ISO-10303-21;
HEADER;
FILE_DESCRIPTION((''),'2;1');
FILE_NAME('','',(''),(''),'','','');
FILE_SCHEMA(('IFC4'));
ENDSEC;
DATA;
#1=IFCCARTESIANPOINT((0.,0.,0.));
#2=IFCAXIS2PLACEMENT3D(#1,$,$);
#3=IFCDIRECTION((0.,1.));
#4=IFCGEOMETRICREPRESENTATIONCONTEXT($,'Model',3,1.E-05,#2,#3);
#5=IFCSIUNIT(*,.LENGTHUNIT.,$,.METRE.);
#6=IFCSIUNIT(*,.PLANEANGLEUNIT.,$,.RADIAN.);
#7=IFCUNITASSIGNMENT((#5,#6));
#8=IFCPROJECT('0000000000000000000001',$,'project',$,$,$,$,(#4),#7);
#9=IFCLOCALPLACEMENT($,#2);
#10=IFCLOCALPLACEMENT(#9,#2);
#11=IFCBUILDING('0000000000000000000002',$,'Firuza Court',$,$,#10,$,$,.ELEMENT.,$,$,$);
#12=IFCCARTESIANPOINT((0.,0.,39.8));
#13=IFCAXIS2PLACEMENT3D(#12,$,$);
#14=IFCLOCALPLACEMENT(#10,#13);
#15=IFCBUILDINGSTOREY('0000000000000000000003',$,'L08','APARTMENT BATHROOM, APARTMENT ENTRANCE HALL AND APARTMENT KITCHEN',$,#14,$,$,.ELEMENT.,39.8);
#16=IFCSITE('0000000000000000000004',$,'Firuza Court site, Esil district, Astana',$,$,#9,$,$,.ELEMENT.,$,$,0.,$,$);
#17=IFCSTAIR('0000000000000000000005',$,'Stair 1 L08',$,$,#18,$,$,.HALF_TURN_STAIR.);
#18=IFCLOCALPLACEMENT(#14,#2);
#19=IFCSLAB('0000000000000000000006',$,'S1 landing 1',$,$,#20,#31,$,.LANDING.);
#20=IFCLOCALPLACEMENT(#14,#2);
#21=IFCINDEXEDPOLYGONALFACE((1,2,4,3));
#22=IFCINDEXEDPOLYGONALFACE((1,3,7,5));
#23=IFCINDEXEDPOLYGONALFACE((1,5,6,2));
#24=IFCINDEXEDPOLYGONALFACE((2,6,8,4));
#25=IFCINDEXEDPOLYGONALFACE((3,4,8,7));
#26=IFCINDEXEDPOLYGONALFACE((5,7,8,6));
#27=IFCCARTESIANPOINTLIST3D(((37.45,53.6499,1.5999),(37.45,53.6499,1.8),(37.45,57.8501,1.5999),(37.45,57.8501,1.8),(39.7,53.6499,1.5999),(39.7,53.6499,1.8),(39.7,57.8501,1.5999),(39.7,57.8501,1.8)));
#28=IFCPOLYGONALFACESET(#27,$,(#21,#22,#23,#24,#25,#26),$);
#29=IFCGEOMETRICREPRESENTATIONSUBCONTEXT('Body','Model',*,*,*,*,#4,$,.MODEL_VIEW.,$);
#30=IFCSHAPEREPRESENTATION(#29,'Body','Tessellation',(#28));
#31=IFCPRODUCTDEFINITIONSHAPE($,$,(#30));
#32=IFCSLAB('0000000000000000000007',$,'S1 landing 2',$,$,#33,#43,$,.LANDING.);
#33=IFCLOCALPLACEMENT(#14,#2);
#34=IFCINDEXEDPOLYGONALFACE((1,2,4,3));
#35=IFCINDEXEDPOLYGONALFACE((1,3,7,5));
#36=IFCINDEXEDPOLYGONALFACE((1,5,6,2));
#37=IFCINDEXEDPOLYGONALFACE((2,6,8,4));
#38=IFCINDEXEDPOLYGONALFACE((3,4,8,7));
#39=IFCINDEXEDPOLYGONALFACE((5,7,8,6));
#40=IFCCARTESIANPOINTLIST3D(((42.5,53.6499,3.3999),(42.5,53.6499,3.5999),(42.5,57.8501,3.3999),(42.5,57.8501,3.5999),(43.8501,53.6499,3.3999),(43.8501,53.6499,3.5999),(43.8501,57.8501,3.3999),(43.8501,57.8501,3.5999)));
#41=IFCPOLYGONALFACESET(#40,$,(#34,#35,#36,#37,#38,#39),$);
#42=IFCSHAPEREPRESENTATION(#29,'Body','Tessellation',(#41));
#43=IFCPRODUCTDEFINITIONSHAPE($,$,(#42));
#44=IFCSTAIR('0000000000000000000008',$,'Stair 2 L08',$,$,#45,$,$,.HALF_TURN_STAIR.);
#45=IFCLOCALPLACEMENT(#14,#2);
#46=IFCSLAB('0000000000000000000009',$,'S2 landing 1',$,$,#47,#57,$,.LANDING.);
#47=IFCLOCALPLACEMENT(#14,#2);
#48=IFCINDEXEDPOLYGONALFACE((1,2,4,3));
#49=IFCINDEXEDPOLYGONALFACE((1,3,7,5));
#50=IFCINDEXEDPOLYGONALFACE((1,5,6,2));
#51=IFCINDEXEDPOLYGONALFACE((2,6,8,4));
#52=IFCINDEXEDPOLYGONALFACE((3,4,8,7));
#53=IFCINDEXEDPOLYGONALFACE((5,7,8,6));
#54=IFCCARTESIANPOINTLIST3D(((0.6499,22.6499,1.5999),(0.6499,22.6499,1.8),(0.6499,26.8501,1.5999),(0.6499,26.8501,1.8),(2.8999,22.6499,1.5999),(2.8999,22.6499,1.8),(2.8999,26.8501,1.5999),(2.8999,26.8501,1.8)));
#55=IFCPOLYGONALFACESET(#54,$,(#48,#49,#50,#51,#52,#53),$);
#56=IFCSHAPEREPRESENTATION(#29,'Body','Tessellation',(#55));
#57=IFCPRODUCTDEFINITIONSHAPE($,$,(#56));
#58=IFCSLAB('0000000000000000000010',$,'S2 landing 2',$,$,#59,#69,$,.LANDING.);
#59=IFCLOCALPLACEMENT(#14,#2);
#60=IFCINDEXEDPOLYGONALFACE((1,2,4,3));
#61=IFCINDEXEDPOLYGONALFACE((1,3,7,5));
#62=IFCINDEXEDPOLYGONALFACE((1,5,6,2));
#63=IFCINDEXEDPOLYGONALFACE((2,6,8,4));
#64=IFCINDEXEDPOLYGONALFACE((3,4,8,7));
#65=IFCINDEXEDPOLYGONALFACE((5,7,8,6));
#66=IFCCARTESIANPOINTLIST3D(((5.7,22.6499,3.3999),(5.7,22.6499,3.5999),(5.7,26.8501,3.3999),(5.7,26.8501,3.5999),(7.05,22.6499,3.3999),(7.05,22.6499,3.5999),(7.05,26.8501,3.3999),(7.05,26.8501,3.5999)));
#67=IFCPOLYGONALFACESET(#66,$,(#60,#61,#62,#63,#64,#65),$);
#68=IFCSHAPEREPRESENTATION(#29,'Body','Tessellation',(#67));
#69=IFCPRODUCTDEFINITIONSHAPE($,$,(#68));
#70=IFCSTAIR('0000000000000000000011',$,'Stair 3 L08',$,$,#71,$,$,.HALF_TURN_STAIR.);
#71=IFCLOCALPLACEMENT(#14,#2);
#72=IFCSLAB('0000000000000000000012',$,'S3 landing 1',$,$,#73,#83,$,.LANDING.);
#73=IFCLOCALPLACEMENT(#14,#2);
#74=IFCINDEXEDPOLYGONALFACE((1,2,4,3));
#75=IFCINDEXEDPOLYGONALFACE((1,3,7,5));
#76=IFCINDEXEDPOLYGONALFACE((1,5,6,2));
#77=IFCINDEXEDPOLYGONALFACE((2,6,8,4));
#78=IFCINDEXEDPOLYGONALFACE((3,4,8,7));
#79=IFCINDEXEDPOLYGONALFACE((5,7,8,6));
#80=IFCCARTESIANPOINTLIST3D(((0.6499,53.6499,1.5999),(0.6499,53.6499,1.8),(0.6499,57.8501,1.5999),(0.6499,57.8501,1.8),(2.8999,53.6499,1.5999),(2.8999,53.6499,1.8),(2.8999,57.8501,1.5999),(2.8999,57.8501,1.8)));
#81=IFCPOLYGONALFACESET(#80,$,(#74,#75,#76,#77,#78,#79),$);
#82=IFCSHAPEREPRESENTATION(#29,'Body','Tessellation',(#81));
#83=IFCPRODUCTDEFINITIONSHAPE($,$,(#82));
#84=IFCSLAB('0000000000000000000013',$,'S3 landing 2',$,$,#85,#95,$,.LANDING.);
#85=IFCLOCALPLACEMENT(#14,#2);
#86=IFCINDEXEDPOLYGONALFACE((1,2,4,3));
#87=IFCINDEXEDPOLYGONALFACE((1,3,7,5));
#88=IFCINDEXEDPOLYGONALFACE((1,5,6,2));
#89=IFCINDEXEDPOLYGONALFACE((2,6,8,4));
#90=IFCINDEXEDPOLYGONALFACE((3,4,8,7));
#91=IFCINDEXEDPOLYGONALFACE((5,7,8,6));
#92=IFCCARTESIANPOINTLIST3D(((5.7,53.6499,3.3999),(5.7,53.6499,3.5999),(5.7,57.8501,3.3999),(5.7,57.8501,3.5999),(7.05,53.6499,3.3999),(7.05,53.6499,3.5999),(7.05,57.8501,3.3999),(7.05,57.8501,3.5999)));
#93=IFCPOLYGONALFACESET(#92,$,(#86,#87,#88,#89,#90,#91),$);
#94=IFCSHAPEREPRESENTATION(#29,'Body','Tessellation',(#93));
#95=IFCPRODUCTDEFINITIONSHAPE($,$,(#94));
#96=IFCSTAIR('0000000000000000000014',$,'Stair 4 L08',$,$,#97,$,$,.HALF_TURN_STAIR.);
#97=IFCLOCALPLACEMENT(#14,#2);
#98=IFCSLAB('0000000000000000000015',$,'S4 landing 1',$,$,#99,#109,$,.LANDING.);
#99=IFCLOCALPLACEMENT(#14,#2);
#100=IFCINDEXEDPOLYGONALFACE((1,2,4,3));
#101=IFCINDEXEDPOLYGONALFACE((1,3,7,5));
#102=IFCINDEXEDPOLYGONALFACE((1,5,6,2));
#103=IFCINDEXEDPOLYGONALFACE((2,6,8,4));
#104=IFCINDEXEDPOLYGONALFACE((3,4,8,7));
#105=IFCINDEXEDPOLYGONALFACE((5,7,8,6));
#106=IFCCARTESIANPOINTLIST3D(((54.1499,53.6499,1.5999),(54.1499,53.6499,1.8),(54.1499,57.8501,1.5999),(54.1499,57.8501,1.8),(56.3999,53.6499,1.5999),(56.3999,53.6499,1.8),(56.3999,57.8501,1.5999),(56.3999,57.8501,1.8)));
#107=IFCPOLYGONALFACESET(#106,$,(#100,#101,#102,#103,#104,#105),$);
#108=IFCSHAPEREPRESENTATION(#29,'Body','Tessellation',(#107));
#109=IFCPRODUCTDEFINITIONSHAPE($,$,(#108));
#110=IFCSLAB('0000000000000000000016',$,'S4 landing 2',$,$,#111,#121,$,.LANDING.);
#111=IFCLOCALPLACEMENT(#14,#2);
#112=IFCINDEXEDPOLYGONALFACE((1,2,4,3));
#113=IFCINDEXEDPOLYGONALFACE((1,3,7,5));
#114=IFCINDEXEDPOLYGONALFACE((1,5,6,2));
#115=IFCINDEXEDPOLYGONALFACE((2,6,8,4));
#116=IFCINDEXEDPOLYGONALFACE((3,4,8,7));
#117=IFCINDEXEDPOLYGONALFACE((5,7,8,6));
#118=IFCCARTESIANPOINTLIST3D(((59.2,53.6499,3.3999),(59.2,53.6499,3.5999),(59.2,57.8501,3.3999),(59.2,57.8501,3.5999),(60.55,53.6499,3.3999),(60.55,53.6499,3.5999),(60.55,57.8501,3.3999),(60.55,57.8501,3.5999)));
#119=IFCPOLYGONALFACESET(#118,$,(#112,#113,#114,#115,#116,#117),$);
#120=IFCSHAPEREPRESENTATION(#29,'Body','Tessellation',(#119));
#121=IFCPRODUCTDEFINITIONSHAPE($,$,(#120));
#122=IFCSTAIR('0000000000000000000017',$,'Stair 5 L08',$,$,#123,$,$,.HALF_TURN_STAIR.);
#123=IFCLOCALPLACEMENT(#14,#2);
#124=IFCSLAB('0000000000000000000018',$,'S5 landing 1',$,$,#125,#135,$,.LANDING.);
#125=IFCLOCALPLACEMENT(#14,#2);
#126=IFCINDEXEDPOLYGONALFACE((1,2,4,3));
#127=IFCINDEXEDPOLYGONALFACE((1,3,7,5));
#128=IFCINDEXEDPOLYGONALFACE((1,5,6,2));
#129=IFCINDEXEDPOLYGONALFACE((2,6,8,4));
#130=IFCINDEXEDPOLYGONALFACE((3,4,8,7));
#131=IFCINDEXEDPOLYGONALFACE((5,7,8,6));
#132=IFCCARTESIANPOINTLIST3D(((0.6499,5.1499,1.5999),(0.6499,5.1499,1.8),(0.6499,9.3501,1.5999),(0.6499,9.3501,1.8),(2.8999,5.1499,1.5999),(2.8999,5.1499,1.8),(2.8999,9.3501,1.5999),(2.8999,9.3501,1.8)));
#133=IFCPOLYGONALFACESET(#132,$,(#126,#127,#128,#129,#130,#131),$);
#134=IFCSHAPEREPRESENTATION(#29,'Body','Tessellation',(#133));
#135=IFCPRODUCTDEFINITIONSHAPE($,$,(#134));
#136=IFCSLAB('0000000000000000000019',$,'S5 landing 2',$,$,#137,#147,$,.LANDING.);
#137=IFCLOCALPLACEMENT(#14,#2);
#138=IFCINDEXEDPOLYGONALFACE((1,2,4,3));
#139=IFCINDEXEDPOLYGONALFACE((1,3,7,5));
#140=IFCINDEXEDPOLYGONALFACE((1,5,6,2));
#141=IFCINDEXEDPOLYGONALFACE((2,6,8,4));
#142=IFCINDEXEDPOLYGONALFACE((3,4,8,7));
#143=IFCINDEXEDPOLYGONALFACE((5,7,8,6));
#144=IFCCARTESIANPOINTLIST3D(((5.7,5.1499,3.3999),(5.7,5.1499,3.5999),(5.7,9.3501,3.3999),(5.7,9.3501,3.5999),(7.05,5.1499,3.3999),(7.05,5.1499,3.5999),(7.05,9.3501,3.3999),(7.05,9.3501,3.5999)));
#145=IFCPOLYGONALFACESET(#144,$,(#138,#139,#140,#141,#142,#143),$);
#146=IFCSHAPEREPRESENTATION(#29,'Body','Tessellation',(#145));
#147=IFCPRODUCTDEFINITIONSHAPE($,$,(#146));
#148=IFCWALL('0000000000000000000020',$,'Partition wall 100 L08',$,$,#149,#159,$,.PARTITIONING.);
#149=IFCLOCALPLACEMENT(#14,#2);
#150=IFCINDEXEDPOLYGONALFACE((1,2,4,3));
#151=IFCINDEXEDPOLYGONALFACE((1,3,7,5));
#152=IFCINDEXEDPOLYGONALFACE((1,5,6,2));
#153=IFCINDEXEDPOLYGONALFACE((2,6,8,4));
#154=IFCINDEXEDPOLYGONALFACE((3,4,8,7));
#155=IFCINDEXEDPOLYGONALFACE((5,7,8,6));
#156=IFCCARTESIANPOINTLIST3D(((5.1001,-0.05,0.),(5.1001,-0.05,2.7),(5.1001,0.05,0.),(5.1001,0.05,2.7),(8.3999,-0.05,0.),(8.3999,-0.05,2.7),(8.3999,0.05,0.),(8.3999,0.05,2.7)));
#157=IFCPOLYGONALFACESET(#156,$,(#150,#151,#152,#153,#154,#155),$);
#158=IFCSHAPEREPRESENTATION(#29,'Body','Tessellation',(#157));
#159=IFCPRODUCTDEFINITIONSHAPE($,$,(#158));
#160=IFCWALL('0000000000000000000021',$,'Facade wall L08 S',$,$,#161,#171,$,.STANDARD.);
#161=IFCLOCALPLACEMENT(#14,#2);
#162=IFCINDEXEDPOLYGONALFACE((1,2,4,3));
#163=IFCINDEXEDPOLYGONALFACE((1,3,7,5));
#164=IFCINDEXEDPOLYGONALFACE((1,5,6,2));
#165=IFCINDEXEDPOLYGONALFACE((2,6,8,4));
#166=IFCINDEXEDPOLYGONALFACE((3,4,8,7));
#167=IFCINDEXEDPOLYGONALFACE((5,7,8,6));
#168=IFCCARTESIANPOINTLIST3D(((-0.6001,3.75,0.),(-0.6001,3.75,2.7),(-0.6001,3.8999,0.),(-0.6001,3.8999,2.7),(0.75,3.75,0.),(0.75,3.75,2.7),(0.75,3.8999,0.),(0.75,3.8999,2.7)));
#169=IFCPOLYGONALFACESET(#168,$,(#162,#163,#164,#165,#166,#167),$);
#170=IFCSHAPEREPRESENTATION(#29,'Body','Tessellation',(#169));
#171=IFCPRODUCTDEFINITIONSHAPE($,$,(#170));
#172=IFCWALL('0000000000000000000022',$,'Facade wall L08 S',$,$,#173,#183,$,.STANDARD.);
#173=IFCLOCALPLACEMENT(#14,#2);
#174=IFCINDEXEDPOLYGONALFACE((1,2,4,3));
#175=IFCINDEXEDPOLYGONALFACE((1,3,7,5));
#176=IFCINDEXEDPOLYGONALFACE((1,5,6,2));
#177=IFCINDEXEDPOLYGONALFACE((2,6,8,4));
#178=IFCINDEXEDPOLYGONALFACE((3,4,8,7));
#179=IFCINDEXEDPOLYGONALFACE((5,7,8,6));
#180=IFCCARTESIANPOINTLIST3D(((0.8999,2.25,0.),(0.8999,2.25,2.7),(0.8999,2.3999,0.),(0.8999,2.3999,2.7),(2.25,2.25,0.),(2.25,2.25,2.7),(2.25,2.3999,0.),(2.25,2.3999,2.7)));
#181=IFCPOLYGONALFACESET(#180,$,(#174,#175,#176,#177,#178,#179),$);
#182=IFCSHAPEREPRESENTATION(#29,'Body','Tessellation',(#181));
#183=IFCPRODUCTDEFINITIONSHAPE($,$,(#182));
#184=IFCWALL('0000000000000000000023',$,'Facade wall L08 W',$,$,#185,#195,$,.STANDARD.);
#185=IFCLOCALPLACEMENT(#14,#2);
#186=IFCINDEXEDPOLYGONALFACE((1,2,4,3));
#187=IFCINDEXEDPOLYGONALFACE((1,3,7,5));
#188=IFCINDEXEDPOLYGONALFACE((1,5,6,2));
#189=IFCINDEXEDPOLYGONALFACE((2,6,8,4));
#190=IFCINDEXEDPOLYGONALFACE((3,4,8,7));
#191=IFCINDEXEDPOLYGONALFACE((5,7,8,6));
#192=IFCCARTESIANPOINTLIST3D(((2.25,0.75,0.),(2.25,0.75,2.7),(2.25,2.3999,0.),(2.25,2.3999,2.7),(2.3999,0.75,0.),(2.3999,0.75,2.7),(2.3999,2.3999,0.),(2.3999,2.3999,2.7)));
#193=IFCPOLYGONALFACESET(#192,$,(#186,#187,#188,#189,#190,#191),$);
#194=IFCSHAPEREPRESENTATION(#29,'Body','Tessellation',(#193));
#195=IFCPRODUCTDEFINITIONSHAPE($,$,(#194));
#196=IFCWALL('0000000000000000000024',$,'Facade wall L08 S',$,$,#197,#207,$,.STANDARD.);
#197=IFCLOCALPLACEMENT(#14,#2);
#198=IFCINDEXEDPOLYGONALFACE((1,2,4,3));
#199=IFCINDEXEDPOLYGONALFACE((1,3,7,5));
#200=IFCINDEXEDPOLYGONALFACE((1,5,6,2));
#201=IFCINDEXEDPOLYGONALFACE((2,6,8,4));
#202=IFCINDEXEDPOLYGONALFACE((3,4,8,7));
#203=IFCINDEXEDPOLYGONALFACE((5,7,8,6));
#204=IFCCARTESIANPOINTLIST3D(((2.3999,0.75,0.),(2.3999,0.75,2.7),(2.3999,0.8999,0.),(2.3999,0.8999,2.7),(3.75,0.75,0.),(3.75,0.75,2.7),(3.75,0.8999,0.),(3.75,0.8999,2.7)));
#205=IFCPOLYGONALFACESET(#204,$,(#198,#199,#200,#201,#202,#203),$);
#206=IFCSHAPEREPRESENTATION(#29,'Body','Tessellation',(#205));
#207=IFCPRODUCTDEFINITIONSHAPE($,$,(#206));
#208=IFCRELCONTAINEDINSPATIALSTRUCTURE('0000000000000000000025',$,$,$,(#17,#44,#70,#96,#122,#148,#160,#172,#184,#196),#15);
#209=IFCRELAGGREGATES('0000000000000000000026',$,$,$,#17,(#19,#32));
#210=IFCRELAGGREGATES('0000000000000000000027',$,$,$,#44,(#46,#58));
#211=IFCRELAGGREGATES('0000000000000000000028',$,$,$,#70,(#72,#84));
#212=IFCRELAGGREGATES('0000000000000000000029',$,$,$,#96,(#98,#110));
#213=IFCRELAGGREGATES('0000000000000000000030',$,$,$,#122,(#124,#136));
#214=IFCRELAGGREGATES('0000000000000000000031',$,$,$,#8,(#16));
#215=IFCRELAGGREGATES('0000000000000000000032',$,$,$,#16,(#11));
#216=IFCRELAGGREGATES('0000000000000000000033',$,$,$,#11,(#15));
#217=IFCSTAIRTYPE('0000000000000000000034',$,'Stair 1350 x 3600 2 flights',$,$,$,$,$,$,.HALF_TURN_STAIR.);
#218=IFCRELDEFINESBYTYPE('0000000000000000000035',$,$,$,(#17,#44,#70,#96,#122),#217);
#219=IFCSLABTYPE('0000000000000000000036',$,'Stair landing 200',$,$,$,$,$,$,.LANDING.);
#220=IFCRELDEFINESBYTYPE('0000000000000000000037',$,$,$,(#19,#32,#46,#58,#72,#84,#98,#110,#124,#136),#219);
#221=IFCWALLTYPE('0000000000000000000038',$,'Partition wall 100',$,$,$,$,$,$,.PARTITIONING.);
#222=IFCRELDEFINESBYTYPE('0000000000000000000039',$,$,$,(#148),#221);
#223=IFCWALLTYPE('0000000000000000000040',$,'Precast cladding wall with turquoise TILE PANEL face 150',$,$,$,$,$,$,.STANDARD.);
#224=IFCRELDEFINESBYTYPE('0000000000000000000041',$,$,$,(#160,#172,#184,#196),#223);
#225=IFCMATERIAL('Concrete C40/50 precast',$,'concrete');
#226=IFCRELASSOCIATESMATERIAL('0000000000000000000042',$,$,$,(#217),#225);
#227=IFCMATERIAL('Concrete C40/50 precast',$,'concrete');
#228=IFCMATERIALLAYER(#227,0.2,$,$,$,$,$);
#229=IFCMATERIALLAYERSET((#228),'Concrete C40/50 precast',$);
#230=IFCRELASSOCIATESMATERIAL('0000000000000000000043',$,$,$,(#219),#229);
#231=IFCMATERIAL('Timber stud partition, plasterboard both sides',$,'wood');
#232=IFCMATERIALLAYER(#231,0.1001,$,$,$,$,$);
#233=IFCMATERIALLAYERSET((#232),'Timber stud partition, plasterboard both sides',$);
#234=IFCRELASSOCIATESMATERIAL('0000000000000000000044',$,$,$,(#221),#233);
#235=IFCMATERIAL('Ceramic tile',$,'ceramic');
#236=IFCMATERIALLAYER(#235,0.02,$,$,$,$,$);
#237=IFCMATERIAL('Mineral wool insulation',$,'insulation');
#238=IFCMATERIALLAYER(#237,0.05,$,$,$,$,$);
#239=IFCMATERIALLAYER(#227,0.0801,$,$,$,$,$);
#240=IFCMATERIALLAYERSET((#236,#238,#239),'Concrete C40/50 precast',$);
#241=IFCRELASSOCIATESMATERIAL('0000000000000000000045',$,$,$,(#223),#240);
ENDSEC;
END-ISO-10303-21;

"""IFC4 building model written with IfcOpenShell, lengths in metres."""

from ifc_helpers import new_model, si_unit, direction, frame, frame_2d, origin, place, context, subcontext, project, spatial, polyline, rectangle, outline, extrude, material, layer, layer_set, type_object, element, aggregate, save


model = new_model("IFC4")

# Units and contexts
model_context = context("Model", 3, precision=1e-05, world=origin(), true_north=direction((0.0, 1.0)))
body_context = subcontext(model_context, "Body", "Model", "MODEL_VIEW")
ifc_project = project(units=[si_unit("LENGTHUNIT", "METRE"), si_unit("PLANEANGLEUNIT", "RADIAN")], contexts=[model_context])

# Site, building, storey
site_placement = place(None, origin())
site = spatial("IfcSite", under=ifc_project, at=site_placement, Name="Firuza Court site, Esil district, Astana", CompositionType="ELEMENT", RefElevation=0.0)
building_placement = place(site_placement, origin())
building = spatial("IfcBuilding", under=site, at=building_placement, Name="Firuza Court", CompositionType="ELEMENT")
storey_placement = place(building_placement, frame((0.0, 0.0, 39.8)))
storey = spatial("IfcBuildingStorey", under=building, at=storey_placement, Name="L08", Description="APARTMENT BATHROOM, APARTMENT ENTRANCE HALL AND APARTMENT KITCHEN", CompositionType="ELEMENT", Elevation=39.8)

# Stairs, slabs
ifc_material_1 = material(Name="Concrete C40/50 precast", Category="concrete")
stair_type = type_object("IfcStairType", Name="Stair 1350 x 3600 2 flights", PredefinedType="HALF_TURN_STAIR", material=ifc_material_1)
stair_1_placement = place(storey_placement, origin())
stair_1 = element("IfcStair", 1, at=stair_1_placement, inside=storey, type_object=stair_type, Name="Stair 1 L08", PredefinedType="HALF_TURN_STAIR")
ifc_material_2 = material(Name="Concrete C40/50 precast", Category="concrete")
ifc_layer_1 = layer(ifc_material_2, 0.2)
ifc_layer_set_1 = layer_set([ifc_layer_1], Name="Concrete C40/50 precast")
slab_type_1 = type_object("IfcSlabType", Name="Stair landing 200", PredefinedType="LANDING", material=ifc_layer_set_1)
slab_1_placement = place(storey_placement, frame((0.0, 0.0, 1.5999)))
slab_1 = element("IfcSlab", 2, at=slab_1_placement, type_object=slab_type_1, Name="S1 landing 1", PredefinedType="LANDING", context=body_context, shape_type="SweptSolid", body=[
    extrude(outline(polyline([(39.7, 53.6499), (39.7, 57.8501), (37.45, 57.8501), (37.45, 53.6499), (39.7, 53.6499)])), origin(), (0.0, 0.0, 1.0), 0.2002),
])
slab_2_placement = place(storey_placement, frame((0.0, 0.0, 3.3999)))
slab_2 = element("IfcSlab", 3, at=slab_2_placement, type_object=slab_type_1, Name="S1 landing 2", PredefinedType="LANDING", context=body_context, shape_type="SweptSolid", body=[
    extrude(outline(polyline([(43.8501, 53.6499), (43.8501, 57.8501), (42.5, 57.8501), (42.5, 53.6499), (43.8501, 53.6499)])), origin(), (0.0, 0.0, 1.0), 0.2),
])
aggregate(stair_1, [slab_1, slab_2])
stair_2_placement = place(storey_placement, origin())
stair_2 = element("IfcStair", 4, at=stair_2_placement, inside=storey, type_object=stair_type, Name="Stair 2 L08", PredefinedType="HALF_TURN_STAIR")
slab_3_placement = place(storey_placement, frame((0.0, 0.0, 1.5999)))
slab_3 = element("IfcSlab", 5, at=slab_3_placement, type_object=slab_type_1, Name="S2 landing 1", PredefinedType="LANDING", context=body_context, shape_type="SweptSolid", body=[
    extrude(outline(polyline([(2.8999, 22.6499), (2.8999, 26.8501), (0.6499, 26.8501), (0.6499, 22.6499), (2.8999, 22.6499)])), origin(), (0.0, 0.0, 1.0), 0.2002),
])
slab_4_placement = place(storey_placement, frame((0.0, 0.0, 3.3999)))
slab_4 = element("IfcSlab", 6, at=slab_4_placement, type_object=slab_type_1, Name="S2 landing 2", PredefinedType="LANDING", context=body_context, shape_type="SweptSolid", body=[
    extrude(outline(polyline([(7.05, 22.6499), (7.05, 26.8501), (5.7, 26.8501), (5.7, 22.6499), (7.05, 22.6499)])), origin(), (0.0, 0.0, 1.0), 0.2),
])
aggregate(stair_2, [slab_3, slab_4])
stair_3_placement = place(storey_placement, origin())
stair_3 = element("IfcStair", 7, at=stair_3_placement, inside=storey, type_object=stair_type, Name="Stair 3 L08", PredefinedType="HALF_TURN_STAIR")
slab_5_placement = place(storey_placement, frame((0.0, 0.0, 1.5999)))
slab_5 = element("IfcSlab", 8, at=slab_5_placement, type_object=slab_type_1, Name="S3 landing 1", PredefinedType="LANDING", context=body_context, shape_type="SweptSolid", body=[
    extrude(outline(polyline([(2.8999, 53.6499), (2.8999, 57.8501), (0.6499, 57.8501), (0.6499, 53.6499), (2.8999, 53.6499)])), origin(), (0.0, 0.0, 1.0), 0.2002),
])
slab_6_placement = place(storey_placement, frame((0.0, 0.0, 3.3999)))
slab_6 = element("IfcSlab", 9, at=slab_6_placement, type_object=slab_type_1, Name="S3 landing 2", PredefinedType="LANDING", context=body_context, shape_type="SweptSolid", body=[
    extrude(outline(polyline([(7.05, 53.6499), (7.05, 57.8501), (5.7, 57.8501), (5.7, 53.6499), (7.05, 53.6499)])), origin(), (0.0, 0.0, 1.0), 0.2),
])
aggregate(stair_3, [slab_5, slab_6])
stair_4_placement = place(storey_placement, origin())
stair_4 = element("IfcStair", 10, at=stair_4_placement, inside=storey, type_object=stair_type, Name="Stair 4 L08", PredefinedType="HALF_TURN_STAIR")
slab_7_placement = place(storey_placement, frame((0.0, 0.0, 1.5999)))
slab_7 = element("IfcSlab", 11, at=slab_7_placement, type_object=slab_type_1, Name="S4 landing 1", PredefinedType="LANDING", context=body_context, shape_type="SweptSolid", body=[
    extrude(outline(polyline([(56.3999, 53.6499), (56.3999, 57.8501), (54.1499, 57.8501), (54.1499, 53.6499), (56.3999, 53.6499)])), origin(), (0.0, 0.0, 1.0), 0.2002),
])
slab_8_placement = place(storey_placement, frame((0.0, 0.0, 3.3999)))
slab_8 = element("IfcSlab", 12, at=slab_8_placement, type_object=slab_type_1, Name="S4 landing 2", PredefinedType="LANDING", context=body_context, shape_type="SweptSolid", body=[
    extrude(outline(polyline([(60.55, 53.6499), (60.55, 57.8501), (59.2, 57.8501), (59.2, 53.6499), (60.55, 53.6499)])), origin(), (0.0, 0.0, 1.0), 0.2),
])
aggregate(stair_4, [slab_7, slab_8])
stair_5_placement = place(storey_placement, origin())
stair_5 = element("IfcStair", 13, at=stair_5_placement, inside=storey, type_object=stair_type, Name="Stair 5 L08", PredefinedType="HALF_TURN_STAIR")
slab_9_placement = place(storey_placement, frame((0.0, 0.0, 1.5999)))
slab_9 = element("IfcSlab", 14, at=slab_9_placement, type_object=slab_type_1, Name="S5 landing 1", PredefinedType="LANDING", context=body_context, shape_type="SweptSolid", body=[
    extrude(outline(polyline([(2.8999, 5.1499), (2.8999, 9.3501), (0.6499, 9.3501), (0.6499, 5.1499), (2.8999, 5.1499)])), origin(), (0.0, 0.0, 1.0), 0.2002),
])
slab_10_placement = place(storey_placement, frame((0.0, 0.0, 3.3999)))
slab_10 = element("IfcSlab", 15, at=slab_10_placement, type_object=slab_type_1, Name="S5 landing 2", PredefinedType="LANDING", context=body_context, shape_type="SweptSolid", body=[
    extrude(outline(polyline([(7.05, 5.1499), (7.05, 9.3501), (5.7, 9.3501), (5.7, 5.1499), (7.05, 5.1499)])), origin(), (0.0, 0.0, 1.0), 0.2),
])
aggregate(stair_5, [slab_9, slab_10])

# Walls
ifc_material_3 = material(Name="Timber stud partition, plasterboard both sides", Category="wood")
ifc_layer_2 = layer(ifc_material_3, 0.1001)
ifc_layer_set_2 = layer_set([ifc_layer_2], Name="Timber stud partition, plasterboard both sides")
wall_type_1 = type_object("IfcWallType", Name="Partition wall 100", PredefinedType="PARTITIONING", material=ifc_layer_set_2)
wall_1_placement = place(storey_placement, frame((5.1001, 0.0, 0.0), z_axis=(0.0, 0.0, 1.0), x_axis=(1.0, 0.0, 0.0)))
element("IfcWall", 16, at=wall_1_placement, inside=storey, type_object=wall_type_1, Name="Partition wall 100 L08", PredefinedType="PARTITIONING", context=body_context, shape_type="SweptSolid", body=[
    extrude(rectangle(XDim=3.2998, YDim=0.1001, at=frame_2d((1.6499, 0.0))), origin(), (0.0, 0.0, 1.0), 2.7),
])
ifc_material_4 = material(Name="Ceramic tile", Category="ceramic")
ifc_layer_3 = layer(ifc_material_4, 0.02)
ifc_material_5 = material(Name="Mineral wool insulation", Category="insulation")
ifc_layer_4 = layer(ifc_material_5, 0.05)
ifc_layer_5 = layer(ifc_material_2, 0.0801)
ifc_layer_set_3 = layer_set([ifc_layer_3, ifc_layer_4, ifc_layer_5], Name="Concrete C40/50 precast")
wall_type_2 = type_object("IfcWallType", Name="Precast cladding wall with turquoise TILE PANEL face 150", PredefinedType="STANDARD", material=ifc_layer_set_3)
for number, where, z_axis, x_axis, name in (
    (17, (-0.6001, 3.825, 0.0), (0.0, 0.0, 1.0), (1.0, 0.0, 0.0), "Facade wall L08 S"),
    (18, (0.8999, 2.325, 0.0), (0.0, 0.0, 1.0), (1.0, 0.0, 0.0), "Facade wall L08 S"),
):
    element("IfcWall", number, at=place(storey_placement, frame(where, z_axis=z_axis, x_axis=x_axis)), inside=storey, type_object=wall_type_2, Name=name, PredefinedType="STANDARD", context=body_context, shape_type="SweptSolid", body=[
        extrude(rectangle(XDim=1.3501, YDim=0.1499, at=frame_2d((0.675, 0.0))), origin(), (0.0, 0.0, 1.0), 2.7),
    ])
wall_2_placement = place(storey_placement, frame((2.325, 2.3999, 0.0), z_axis=(0.0, 0.0, 1.0), x_axis=(0.0, -1.0, 0.0)))
element("IfcWall", 19, at=wall_2_placement, inside=storey, type_object=wall_type_2, Name="Facade wall L08 W", PredefinedType="STANDARD", context=body_context, shape_type="SweptSolid", body=[
    extrude(rectangle(XDim=1.6499, YDim=0.1499, at=frame_2d((0.825, 0.0))), origin(), (0.0, 0.0, 1.0), 2.7),
])
wall_3_placement = place(storey_placement, frame((2.3999, 0.825, 0.0), z_axis=(0.0, 0.0, 1.0), x_axis=(1.0, 0.0, 0.0)))
element("IfcWall", 20, at=wall_3_placement, inside=storey, type_object=wall_type_2, Name="Facade wall L08 S", PredefinedType="STANDARD", context=body_context, shape_type="SweptSolid", body=[
    extrude(rectangle(XDim=1.3501, YDim=0.1499, at=frame_2d((0.675, 0.0))), origin(), (0.0, 0.0, 1.0), 2.7),
])

save(model, "model.ifc")
